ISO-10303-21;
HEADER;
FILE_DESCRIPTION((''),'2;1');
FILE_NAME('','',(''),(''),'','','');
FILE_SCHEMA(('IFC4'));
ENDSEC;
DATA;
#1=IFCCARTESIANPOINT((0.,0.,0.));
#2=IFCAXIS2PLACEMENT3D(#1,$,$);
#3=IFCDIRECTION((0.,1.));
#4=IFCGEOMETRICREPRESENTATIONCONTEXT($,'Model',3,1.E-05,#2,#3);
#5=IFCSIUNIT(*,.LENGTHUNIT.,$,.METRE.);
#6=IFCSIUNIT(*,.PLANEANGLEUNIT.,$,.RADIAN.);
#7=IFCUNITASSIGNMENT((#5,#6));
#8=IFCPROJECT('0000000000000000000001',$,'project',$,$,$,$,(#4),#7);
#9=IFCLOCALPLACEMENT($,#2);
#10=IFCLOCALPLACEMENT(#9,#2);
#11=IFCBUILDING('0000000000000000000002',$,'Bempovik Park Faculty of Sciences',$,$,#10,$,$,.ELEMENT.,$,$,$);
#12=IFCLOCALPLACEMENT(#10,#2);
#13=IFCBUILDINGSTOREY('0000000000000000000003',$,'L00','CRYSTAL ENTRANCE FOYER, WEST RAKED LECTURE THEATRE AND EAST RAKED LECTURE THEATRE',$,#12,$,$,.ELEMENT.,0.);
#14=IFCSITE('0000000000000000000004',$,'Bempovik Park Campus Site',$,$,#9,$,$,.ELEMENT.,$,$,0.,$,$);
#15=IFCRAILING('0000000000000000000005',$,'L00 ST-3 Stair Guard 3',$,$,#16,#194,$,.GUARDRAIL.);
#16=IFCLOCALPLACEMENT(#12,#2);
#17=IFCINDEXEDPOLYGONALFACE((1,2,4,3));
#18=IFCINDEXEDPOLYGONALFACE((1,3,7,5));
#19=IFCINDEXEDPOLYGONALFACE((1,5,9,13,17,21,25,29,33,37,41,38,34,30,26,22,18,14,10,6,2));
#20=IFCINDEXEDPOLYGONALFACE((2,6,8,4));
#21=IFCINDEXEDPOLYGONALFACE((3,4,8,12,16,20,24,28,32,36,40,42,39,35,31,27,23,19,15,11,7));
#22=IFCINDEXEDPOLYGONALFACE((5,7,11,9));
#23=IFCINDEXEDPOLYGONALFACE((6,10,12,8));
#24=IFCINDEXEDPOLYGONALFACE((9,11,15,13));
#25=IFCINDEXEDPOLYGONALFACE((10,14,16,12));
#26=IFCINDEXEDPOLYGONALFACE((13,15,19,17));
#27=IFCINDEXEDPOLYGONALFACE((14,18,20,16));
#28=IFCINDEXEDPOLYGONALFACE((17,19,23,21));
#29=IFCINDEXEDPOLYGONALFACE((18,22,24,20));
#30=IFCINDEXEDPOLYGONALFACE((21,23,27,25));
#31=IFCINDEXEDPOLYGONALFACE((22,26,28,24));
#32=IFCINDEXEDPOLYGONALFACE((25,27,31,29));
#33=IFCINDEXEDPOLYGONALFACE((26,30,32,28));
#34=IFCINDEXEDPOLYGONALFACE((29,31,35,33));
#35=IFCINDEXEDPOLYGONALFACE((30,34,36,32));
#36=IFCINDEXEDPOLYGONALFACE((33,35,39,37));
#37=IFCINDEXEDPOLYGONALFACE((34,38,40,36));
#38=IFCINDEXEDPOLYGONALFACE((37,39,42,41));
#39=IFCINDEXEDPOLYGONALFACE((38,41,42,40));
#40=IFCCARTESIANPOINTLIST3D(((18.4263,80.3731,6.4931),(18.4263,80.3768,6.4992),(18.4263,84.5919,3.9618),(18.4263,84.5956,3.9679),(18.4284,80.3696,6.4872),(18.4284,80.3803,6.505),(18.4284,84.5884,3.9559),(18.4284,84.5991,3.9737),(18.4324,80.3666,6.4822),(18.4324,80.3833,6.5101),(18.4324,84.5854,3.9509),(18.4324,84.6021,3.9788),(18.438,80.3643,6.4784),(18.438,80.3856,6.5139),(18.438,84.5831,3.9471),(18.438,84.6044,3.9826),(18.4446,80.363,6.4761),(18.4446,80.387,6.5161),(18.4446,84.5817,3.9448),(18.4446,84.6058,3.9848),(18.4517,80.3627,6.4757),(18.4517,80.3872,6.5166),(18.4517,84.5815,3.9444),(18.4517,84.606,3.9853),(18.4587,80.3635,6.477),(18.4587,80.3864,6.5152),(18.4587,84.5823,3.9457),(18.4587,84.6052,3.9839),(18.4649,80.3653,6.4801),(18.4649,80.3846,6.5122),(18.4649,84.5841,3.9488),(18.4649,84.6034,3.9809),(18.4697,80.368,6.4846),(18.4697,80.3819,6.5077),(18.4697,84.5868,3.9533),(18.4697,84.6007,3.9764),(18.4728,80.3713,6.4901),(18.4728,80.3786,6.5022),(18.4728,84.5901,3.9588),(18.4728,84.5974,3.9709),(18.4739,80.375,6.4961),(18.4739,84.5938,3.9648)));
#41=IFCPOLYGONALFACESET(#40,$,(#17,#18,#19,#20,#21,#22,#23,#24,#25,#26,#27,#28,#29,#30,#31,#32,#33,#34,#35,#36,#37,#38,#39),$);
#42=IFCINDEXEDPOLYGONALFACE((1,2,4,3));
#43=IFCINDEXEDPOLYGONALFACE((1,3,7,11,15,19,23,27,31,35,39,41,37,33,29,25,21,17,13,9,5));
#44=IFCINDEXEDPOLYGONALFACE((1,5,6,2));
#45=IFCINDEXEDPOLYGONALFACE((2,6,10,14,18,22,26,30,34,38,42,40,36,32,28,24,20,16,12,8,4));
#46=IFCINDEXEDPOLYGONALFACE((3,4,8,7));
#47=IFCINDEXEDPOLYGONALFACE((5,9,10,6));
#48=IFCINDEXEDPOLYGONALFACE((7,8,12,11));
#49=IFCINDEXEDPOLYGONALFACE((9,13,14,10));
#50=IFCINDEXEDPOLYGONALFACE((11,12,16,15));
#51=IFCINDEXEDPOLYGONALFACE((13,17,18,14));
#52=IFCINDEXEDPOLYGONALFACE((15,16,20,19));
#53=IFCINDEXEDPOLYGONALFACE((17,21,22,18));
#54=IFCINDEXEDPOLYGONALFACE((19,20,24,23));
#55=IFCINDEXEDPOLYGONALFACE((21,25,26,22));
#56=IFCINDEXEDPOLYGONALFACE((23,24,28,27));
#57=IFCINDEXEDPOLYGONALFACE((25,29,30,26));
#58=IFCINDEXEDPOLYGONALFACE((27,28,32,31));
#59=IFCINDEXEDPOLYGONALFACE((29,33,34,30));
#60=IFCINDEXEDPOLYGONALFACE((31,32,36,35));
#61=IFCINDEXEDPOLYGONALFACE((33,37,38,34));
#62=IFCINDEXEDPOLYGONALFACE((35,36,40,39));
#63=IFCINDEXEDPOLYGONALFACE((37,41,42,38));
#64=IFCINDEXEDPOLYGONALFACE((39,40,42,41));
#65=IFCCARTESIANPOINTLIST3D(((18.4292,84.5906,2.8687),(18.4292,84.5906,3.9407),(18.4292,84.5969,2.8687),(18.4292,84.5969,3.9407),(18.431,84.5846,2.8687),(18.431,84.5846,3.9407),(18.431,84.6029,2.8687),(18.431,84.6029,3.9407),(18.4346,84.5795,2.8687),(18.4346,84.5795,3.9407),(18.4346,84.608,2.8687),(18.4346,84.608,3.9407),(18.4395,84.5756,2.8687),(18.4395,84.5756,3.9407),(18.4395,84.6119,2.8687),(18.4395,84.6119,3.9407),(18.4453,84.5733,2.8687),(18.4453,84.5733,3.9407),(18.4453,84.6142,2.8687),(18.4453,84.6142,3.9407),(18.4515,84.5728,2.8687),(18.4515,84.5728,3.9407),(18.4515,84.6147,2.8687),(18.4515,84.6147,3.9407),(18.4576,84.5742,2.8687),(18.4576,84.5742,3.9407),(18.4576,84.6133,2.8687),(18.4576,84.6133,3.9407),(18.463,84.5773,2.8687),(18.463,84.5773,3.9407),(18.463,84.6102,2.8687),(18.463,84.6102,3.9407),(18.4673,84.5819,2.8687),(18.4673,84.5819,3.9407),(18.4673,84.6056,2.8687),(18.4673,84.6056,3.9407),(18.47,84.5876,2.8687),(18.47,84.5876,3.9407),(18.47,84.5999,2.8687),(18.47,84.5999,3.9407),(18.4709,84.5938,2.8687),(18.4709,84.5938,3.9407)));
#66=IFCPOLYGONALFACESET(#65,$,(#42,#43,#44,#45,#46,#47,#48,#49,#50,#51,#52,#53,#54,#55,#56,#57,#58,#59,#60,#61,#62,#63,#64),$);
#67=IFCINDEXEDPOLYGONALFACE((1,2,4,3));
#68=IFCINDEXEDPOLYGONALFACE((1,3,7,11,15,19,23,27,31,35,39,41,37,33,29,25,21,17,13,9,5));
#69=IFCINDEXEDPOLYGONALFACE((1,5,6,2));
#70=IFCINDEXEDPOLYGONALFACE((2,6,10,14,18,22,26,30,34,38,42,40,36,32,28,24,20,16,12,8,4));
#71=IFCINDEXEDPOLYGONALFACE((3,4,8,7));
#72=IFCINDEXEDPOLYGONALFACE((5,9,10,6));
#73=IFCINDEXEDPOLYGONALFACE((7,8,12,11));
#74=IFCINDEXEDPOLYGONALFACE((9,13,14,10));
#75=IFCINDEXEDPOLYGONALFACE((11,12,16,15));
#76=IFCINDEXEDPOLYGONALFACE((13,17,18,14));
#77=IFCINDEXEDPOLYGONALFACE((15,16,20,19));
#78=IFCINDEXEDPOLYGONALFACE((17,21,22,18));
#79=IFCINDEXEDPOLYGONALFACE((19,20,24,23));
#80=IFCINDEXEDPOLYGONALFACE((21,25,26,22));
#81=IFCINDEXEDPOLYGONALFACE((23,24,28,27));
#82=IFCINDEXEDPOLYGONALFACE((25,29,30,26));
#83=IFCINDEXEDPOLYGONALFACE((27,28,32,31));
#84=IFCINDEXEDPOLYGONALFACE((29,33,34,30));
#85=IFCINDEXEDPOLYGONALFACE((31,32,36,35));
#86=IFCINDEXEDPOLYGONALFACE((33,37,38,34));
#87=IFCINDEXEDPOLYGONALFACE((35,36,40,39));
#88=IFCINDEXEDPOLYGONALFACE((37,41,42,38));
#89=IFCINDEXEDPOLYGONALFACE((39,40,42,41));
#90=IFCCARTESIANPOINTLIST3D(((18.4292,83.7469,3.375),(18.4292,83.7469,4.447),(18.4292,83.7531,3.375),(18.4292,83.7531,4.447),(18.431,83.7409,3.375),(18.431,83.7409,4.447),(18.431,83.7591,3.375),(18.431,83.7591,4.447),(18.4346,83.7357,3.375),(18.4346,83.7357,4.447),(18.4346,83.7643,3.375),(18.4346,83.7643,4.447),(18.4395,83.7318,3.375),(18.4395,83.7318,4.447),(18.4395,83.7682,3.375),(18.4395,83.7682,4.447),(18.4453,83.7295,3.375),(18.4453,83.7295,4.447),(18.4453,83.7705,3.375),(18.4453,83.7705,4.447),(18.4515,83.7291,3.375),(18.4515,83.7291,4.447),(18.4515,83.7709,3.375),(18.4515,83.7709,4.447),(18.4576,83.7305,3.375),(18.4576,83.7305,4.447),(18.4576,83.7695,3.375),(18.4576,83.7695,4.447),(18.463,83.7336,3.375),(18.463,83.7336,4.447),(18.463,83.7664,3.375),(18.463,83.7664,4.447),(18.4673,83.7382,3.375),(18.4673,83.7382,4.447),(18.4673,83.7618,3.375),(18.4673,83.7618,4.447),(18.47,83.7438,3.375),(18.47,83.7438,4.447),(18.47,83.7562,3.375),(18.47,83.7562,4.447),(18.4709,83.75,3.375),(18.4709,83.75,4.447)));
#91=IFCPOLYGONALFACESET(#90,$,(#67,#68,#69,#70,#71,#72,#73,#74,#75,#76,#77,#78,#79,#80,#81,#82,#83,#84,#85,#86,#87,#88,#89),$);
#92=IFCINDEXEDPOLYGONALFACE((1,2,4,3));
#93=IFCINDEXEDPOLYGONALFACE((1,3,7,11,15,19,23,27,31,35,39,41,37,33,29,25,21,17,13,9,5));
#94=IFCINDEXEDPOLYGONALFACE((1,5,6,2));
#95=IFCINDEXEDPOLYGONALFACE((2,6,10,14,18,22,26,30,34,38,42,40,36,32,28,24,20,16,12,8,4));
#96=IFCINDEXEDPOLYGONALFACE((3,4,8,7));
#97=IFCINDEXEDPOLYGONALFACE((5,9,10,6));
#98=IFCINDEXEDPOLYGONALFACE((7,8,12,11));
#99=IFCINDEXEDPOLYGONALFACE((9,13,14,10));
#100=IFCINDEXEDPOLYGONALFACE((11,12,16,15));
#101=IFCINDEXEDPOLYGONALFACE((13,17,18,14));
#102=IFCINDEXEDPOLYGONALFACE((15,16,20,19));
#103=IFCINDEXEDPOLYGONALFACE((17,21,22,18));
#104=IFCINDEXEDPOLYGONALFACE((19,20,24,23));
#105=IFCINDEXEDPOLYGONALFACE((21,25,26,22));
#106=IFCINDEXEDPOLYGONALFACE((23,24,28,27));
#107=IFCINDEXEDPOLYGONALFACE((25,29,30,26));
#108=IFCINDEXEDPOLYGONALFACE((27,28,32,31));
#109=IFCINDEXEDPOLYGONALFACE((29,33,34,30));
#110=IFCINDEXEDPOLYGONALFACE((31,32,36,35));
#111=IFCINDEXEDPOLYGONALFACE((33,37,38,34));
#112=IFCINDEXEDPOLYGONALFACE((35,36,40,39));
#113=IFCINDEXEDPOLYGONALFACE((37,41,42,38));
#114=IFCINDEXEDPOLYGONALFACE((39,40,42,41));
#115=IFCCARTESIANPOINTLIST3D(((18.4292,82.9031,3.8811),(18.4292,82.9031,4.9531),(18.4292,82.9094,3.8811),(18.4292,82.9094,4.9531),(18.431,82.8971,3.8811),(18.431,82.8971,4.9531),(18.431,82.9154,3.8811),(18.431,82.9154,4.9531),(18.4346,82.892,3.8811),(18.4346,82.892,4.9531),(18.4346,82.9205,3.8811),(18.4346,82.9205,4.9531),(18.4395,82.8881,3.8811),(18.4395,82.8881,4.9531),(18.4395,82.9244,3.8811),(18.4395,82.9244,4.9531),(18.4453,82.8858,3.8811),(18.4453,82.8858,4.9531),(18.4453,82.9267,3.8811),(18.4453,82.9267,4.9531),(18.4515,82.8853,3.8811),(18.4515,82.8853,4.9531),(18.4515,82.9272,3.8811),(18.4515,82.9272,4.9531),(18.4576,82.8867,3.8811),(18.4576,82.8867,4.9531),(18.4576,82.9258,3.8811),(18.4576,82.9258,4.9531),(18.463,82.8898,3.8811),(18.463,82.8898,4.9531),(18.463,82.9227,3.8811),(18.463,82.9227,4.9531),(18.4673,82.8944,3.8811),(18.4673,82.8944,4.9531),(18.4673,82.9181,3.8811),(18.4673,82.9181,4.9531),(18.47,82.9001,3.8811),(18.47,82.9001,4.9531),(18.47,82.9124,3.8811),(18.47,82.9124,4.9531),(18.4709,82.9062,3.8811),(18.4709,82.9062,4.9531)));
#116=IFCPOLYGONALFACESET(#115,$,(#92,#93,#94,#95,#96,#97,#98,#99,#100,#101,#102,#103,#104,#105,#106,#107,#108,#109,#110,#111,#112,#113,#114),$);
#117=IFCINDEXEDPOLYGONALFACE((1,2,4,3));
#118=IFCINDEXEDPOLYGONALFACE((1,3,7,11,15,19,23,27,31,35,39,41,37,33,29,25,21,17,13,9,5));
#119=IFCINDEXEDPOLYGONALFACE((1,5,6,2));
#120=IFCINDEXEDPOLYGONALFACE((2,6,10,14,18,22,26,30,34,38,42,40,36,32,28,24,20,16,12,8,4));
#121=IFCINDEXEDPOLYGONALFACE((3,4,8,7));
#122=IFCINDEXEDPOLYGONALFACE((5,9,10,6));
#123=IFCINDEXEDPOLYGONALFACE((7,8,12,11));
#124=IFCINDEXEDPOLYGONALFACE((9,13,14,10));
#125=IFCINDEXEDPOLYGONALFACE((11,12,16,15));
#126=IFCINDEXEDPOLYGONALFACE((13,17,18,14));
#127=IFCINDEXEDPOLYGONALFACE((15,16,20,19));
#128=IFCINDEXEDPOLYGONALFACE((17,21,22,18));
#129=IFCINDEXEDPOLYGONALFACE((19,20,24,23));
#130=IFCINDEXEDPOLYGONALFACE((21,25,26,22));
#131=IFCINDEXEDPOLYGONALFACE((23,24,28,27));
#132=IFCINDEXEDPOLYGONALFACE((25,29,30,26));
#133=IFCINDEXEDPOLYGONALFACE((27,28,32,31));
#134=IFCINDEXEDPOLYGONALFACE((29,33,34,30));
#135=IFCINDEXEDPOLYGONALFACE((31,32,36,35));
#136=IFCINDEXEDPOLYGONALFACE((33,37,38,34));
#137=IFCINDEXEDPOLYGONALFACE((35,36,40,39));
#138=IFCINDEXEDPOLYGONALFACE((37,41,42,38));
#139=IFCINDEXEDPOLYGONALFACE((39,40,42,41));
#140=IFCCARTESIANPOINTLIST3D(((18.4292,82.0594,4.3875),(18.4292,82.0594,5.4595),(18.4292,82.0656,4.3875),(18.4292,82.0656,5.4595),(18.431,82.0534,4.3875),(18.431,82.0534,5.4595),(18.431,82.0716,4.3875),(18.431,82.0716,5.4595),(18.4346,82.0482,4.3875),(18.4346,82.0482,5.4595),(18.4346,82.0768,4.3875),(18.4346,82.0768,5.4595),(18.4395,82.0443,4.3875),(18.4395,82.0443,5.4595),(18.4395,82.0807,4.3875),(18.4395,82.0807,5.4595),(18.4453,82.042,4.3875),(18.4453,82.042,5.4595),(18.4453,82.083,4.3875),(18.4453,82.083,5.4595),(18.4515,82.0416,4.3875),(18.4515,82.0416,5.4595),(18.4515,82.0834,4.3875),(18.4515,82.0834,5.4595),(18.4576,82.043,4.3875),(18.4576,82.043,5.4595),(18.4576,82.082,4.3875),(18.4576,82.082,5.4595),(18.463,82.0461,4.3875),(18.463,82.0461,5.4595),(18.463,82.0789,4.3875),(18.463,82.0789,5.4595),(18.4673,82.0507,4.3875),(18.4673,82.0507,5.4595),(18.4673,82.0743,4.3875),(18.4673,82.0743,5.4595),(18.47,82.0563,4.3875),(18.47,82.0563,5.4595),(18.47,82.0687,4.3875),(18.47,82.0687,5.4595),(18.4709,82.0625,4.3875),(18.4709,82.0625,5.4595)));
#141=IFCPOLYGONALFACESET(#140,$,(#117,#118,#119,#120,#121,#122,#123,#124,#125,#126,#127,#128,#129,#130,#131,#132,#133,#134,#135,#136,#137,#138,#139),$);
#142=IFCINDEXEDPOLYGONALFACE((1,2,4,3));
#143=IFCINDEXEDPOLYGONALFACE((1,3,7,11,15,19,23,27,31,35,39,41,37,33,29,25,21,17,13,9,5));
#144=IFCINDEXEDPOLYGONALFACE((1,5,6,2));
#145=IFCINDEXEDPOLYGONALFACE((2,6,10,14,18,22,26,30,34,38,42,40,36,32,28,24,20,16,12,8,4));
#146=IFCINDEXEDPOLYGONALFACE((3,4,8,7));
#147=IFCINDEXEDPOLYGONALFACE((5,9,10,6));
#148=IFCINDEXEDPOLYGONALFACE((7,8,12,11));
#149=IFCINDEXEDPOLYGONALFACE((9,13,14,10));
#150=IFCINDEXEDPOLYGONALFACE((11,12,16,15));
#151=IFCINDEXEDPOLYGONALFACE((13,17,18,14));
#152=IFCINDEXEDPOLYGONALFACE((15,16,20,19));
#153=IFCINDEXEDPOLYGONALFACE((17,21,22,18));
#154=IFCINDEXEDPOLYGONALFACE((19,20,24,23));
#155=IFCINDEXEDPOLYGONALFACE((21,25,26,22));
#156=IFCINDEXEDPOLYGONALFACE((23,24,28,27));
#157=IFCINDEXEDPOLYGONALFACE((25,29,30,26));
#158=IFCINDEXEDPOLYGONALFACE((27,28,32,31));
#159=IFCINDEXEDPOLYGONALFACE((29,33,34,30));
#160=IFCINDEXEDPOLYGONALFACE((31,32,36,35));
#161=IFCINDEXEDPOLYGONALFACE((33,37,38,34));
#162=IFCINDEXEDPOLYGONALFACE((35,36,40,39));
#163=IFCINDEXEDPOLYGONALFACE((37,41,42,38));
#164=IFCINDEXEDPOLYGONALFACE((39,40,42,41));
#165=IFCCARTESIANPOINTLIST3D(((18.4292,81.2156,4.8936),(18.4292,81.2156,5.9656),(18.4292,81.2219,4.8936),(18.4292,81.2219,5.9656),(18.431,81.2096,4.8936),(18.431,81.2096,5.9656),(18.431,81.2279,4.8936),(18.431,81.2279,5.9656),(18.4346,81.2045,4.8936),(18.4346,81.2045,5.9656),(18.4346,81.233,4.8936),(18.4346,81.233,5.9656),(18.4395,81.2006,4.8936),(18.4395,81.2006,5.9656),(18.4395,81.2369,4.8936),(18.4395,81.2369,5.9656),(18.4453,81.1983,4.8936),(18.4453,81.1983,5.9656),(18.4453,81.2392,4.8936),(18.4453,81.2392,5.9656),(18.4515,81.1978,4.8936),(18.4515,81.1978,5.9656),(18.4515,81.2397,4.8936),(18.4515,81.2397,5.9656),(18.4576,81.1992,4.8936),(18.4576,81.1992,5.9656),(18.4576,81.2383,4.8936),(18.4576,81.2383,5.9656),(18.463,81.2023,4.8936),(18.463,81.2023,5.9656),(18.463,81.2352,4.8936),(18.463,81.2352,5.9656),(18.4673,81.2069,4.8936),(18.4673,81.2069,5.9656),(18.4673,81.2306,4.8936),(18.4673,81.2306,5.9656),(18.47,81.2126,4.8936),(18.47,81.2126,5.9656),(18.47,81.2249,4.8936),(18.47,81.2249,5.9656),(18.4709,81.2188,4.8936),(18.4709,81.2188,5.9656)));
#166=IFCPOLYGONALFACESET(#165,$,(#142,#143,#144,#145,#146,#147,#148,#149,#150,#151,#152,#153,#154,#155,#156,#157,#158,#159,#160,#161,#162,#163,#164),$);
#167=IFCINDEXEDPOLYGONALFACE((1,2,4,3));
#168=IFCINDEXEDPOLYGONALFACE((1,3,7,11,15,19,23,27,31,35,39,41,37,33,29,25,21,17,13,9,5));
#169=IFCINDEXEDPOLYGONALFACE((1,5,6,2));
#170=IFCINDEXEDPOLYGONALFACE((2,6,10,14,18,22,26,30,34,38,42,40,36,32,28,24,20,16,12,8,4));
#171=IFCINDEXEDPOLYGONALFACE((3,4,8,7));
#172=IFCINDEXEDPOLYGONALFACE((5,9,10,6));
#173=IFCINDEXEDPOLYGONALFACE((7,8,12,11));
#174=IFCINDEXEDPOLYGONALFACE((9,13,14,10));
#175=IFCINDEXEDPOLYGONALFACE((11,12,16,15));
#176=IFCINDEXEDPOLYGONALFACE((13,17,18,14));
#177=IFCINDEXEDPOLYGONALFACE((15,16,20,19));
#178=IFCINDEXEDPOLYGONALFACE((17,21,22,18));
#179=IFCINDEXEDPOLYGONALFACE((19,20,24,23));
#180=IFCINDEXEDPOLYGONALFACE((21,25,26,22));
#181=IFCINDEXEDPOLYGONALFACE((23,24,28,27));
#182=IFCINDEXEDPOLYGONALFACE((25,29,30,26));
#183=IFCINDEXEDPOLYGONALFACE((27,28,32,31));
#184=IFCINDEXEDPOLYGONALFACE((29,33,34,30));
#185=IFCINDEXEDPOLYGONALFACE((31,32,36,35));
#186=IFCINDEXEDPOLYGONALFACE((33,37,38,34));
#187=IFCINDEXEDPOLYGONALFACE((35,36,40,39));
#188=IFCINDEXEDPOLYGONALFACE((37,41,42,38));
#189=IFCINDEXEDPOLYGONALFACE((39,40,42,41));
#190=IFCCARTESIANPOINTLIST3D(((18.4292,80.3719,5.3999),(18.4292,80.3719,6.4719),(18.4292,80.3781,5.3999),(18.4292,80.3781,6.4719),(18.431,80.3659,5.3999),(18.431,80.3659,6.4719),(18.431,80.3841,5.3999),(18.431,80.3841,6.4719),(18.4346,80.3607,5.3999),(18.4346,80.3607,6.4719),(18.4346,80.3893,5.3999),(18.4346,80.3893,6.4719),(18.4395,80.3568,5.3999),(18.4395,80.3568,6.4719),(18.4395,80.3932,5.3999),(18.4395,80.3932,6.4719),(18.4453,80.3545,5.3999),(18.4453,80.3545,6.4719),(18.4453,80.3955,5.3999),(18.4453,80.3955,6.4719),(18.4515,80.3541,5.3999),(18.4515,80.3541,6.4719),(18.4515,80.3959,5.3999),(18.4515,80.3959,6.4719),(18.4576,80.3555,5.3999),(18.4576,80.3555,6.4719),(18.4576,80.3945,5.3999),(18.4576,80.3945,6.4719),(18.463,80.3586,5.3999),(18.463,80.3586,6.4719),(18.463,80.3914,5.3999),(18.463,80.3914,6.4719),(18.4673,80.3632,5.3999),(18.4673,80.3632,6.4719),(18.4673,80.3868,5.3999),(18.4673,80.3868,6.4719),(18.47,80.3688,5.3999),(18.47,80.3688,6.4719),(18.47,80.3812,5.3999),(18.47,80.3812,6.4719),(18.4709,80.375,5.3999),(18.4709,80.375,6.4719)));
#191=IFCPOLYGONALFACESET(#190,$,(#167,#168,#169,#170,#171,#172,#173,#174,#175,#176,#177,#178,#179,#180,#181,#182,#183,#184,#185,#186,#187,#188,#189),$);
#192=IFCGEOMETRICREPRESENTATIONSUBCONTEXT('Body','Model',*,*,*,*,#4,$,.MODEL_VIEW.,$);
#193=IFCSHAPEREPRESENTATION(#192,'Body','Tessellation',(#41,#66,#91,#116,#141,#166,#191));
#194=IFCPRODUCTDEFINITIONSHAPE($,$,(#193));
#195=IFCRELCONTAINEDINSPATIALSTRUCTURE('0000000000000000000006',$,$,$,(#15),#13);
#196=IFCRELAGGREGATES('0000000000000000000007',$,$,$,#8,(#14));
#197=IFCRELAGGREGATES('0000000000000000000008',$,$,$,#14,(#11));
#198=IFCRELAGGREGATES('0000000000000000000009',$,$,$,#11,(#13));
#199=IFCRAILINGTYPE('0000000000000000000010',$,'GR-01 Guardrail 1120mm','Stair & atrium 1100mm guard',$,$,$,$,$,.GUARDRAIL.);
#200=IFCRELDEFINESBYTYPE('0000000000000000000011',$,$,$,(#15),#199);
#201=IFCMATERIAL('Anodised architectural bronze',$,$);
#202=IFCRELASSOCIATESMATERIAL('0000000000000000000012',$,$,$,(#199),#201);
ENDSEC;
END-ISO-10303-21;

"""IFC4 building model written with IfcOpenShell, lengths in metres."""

from ifc_helpers import new_model, si_unit, direction, frame, origin, origin_2d, place, context, subcontext, project, spatial, circle, extrude, material, type_object, element, save


model = new_model("IFC4")

# Units and contexts
model_context = context("Model", 3, precision=1e-05, world=origin(), true_north=direction((0.0, 1.0)))
body_context = subcontext(model_context, "Body", "Model", "MODEL_VIEW")
ifc_project = project(units=[si_unit("LENGTHUNIT", "METRE"), si_unit("PLANEANGLEUNIT", "RADIAN")], contexts=[model_context])

# Site, building, storey
site_placement = place(None, origin())
site = spatial("IfcSite", under=ifc_project, at=site_placement, Name="Bempovik Park Campus Site", CompositionType="ELEMENT", RefElevation=0.0)
building_placement = place(site_placement, origin())
building = spatial("IfcBuilding", under=site, at=building_placement, Name="Bempovik Park Faculty of Sciences", CompositionType="ELEMENT")
storey_placement = place(building_placement, origin())
storey = spatial("IfcBuildingStorey", under=building, at=storey_placement, Name="L00", Description="CRYSTAL ENTRANCE FOYER, WEST RAKED LECTURE THEATRE AND EAST RAKED LECTURE THEATRE", CompositionType="ELEMENT", Elevation=0.0)

# Railing
ifc_material_1 = material(Name="Anodised architectural bronze")
railing_type_1 = type_object("IfcRailingType", Name="GR-01 Guardrail 1120mm", Description="Stair & atrium 1100mm guard", PredefinedType="GUARDRAIL", material=ifc_material_1)
railing_1_placement = place(storey_placement, frame((18.45, 84.5938, 2.8687)))
element("IfcRailing", 1, at=railing_1_placement, inside=storey, type_object=railing_type_1, Name="L00 ST-3 Stair Guard 3", PredefinedType="GUARDRAIL", context=body_context, shape_type="SweptSolid", body=[
    extrude(circle(Radius=0.0239, at=origin_2d()), frame((0.0, 0.0, 1.0962), z_axis=(0.0, -0.857493, 0.514496), x_axis=(1.0, 0.0, 0.0)), (0.0, 0.0, 1.0), 4.9199),
    extrude(circle(Radius=0.021, at=origin_2d()), origin(), (0.0, 0.0, 1.0), 1.072),
    extrude(circle(Radius=0.021, at=origin_2d()), frame((0.0, -0.8438, 0.5063)), (0.0, 0.0, 1.0), 1.072),
    extrude(circle(Radius=0.021, at=origin_2d()), frame((0.0, -1.6875, 1.0125)), (0.0, 0.0, 1.0), 1.072),
    extrude(circle(Radius=0.021, at=origin_2d()), frame((0.0, -2.5312, 1.5188)), (0.0, 0.0, 1.0), 1.072),
    extrude(circle(Radius=0.021, at=origin_2d()), frame((0.0, -3.375, 2.0249)), (0.0, 0.0, 1.0), 1.072),
    extrude(circle(Radius=0.021, at=origin_2d()), frame((0.0, -4.2188, 2.5312)), (0.0, 0.0, 1.0), 1.072),
])

save(model, "model.ifc")
